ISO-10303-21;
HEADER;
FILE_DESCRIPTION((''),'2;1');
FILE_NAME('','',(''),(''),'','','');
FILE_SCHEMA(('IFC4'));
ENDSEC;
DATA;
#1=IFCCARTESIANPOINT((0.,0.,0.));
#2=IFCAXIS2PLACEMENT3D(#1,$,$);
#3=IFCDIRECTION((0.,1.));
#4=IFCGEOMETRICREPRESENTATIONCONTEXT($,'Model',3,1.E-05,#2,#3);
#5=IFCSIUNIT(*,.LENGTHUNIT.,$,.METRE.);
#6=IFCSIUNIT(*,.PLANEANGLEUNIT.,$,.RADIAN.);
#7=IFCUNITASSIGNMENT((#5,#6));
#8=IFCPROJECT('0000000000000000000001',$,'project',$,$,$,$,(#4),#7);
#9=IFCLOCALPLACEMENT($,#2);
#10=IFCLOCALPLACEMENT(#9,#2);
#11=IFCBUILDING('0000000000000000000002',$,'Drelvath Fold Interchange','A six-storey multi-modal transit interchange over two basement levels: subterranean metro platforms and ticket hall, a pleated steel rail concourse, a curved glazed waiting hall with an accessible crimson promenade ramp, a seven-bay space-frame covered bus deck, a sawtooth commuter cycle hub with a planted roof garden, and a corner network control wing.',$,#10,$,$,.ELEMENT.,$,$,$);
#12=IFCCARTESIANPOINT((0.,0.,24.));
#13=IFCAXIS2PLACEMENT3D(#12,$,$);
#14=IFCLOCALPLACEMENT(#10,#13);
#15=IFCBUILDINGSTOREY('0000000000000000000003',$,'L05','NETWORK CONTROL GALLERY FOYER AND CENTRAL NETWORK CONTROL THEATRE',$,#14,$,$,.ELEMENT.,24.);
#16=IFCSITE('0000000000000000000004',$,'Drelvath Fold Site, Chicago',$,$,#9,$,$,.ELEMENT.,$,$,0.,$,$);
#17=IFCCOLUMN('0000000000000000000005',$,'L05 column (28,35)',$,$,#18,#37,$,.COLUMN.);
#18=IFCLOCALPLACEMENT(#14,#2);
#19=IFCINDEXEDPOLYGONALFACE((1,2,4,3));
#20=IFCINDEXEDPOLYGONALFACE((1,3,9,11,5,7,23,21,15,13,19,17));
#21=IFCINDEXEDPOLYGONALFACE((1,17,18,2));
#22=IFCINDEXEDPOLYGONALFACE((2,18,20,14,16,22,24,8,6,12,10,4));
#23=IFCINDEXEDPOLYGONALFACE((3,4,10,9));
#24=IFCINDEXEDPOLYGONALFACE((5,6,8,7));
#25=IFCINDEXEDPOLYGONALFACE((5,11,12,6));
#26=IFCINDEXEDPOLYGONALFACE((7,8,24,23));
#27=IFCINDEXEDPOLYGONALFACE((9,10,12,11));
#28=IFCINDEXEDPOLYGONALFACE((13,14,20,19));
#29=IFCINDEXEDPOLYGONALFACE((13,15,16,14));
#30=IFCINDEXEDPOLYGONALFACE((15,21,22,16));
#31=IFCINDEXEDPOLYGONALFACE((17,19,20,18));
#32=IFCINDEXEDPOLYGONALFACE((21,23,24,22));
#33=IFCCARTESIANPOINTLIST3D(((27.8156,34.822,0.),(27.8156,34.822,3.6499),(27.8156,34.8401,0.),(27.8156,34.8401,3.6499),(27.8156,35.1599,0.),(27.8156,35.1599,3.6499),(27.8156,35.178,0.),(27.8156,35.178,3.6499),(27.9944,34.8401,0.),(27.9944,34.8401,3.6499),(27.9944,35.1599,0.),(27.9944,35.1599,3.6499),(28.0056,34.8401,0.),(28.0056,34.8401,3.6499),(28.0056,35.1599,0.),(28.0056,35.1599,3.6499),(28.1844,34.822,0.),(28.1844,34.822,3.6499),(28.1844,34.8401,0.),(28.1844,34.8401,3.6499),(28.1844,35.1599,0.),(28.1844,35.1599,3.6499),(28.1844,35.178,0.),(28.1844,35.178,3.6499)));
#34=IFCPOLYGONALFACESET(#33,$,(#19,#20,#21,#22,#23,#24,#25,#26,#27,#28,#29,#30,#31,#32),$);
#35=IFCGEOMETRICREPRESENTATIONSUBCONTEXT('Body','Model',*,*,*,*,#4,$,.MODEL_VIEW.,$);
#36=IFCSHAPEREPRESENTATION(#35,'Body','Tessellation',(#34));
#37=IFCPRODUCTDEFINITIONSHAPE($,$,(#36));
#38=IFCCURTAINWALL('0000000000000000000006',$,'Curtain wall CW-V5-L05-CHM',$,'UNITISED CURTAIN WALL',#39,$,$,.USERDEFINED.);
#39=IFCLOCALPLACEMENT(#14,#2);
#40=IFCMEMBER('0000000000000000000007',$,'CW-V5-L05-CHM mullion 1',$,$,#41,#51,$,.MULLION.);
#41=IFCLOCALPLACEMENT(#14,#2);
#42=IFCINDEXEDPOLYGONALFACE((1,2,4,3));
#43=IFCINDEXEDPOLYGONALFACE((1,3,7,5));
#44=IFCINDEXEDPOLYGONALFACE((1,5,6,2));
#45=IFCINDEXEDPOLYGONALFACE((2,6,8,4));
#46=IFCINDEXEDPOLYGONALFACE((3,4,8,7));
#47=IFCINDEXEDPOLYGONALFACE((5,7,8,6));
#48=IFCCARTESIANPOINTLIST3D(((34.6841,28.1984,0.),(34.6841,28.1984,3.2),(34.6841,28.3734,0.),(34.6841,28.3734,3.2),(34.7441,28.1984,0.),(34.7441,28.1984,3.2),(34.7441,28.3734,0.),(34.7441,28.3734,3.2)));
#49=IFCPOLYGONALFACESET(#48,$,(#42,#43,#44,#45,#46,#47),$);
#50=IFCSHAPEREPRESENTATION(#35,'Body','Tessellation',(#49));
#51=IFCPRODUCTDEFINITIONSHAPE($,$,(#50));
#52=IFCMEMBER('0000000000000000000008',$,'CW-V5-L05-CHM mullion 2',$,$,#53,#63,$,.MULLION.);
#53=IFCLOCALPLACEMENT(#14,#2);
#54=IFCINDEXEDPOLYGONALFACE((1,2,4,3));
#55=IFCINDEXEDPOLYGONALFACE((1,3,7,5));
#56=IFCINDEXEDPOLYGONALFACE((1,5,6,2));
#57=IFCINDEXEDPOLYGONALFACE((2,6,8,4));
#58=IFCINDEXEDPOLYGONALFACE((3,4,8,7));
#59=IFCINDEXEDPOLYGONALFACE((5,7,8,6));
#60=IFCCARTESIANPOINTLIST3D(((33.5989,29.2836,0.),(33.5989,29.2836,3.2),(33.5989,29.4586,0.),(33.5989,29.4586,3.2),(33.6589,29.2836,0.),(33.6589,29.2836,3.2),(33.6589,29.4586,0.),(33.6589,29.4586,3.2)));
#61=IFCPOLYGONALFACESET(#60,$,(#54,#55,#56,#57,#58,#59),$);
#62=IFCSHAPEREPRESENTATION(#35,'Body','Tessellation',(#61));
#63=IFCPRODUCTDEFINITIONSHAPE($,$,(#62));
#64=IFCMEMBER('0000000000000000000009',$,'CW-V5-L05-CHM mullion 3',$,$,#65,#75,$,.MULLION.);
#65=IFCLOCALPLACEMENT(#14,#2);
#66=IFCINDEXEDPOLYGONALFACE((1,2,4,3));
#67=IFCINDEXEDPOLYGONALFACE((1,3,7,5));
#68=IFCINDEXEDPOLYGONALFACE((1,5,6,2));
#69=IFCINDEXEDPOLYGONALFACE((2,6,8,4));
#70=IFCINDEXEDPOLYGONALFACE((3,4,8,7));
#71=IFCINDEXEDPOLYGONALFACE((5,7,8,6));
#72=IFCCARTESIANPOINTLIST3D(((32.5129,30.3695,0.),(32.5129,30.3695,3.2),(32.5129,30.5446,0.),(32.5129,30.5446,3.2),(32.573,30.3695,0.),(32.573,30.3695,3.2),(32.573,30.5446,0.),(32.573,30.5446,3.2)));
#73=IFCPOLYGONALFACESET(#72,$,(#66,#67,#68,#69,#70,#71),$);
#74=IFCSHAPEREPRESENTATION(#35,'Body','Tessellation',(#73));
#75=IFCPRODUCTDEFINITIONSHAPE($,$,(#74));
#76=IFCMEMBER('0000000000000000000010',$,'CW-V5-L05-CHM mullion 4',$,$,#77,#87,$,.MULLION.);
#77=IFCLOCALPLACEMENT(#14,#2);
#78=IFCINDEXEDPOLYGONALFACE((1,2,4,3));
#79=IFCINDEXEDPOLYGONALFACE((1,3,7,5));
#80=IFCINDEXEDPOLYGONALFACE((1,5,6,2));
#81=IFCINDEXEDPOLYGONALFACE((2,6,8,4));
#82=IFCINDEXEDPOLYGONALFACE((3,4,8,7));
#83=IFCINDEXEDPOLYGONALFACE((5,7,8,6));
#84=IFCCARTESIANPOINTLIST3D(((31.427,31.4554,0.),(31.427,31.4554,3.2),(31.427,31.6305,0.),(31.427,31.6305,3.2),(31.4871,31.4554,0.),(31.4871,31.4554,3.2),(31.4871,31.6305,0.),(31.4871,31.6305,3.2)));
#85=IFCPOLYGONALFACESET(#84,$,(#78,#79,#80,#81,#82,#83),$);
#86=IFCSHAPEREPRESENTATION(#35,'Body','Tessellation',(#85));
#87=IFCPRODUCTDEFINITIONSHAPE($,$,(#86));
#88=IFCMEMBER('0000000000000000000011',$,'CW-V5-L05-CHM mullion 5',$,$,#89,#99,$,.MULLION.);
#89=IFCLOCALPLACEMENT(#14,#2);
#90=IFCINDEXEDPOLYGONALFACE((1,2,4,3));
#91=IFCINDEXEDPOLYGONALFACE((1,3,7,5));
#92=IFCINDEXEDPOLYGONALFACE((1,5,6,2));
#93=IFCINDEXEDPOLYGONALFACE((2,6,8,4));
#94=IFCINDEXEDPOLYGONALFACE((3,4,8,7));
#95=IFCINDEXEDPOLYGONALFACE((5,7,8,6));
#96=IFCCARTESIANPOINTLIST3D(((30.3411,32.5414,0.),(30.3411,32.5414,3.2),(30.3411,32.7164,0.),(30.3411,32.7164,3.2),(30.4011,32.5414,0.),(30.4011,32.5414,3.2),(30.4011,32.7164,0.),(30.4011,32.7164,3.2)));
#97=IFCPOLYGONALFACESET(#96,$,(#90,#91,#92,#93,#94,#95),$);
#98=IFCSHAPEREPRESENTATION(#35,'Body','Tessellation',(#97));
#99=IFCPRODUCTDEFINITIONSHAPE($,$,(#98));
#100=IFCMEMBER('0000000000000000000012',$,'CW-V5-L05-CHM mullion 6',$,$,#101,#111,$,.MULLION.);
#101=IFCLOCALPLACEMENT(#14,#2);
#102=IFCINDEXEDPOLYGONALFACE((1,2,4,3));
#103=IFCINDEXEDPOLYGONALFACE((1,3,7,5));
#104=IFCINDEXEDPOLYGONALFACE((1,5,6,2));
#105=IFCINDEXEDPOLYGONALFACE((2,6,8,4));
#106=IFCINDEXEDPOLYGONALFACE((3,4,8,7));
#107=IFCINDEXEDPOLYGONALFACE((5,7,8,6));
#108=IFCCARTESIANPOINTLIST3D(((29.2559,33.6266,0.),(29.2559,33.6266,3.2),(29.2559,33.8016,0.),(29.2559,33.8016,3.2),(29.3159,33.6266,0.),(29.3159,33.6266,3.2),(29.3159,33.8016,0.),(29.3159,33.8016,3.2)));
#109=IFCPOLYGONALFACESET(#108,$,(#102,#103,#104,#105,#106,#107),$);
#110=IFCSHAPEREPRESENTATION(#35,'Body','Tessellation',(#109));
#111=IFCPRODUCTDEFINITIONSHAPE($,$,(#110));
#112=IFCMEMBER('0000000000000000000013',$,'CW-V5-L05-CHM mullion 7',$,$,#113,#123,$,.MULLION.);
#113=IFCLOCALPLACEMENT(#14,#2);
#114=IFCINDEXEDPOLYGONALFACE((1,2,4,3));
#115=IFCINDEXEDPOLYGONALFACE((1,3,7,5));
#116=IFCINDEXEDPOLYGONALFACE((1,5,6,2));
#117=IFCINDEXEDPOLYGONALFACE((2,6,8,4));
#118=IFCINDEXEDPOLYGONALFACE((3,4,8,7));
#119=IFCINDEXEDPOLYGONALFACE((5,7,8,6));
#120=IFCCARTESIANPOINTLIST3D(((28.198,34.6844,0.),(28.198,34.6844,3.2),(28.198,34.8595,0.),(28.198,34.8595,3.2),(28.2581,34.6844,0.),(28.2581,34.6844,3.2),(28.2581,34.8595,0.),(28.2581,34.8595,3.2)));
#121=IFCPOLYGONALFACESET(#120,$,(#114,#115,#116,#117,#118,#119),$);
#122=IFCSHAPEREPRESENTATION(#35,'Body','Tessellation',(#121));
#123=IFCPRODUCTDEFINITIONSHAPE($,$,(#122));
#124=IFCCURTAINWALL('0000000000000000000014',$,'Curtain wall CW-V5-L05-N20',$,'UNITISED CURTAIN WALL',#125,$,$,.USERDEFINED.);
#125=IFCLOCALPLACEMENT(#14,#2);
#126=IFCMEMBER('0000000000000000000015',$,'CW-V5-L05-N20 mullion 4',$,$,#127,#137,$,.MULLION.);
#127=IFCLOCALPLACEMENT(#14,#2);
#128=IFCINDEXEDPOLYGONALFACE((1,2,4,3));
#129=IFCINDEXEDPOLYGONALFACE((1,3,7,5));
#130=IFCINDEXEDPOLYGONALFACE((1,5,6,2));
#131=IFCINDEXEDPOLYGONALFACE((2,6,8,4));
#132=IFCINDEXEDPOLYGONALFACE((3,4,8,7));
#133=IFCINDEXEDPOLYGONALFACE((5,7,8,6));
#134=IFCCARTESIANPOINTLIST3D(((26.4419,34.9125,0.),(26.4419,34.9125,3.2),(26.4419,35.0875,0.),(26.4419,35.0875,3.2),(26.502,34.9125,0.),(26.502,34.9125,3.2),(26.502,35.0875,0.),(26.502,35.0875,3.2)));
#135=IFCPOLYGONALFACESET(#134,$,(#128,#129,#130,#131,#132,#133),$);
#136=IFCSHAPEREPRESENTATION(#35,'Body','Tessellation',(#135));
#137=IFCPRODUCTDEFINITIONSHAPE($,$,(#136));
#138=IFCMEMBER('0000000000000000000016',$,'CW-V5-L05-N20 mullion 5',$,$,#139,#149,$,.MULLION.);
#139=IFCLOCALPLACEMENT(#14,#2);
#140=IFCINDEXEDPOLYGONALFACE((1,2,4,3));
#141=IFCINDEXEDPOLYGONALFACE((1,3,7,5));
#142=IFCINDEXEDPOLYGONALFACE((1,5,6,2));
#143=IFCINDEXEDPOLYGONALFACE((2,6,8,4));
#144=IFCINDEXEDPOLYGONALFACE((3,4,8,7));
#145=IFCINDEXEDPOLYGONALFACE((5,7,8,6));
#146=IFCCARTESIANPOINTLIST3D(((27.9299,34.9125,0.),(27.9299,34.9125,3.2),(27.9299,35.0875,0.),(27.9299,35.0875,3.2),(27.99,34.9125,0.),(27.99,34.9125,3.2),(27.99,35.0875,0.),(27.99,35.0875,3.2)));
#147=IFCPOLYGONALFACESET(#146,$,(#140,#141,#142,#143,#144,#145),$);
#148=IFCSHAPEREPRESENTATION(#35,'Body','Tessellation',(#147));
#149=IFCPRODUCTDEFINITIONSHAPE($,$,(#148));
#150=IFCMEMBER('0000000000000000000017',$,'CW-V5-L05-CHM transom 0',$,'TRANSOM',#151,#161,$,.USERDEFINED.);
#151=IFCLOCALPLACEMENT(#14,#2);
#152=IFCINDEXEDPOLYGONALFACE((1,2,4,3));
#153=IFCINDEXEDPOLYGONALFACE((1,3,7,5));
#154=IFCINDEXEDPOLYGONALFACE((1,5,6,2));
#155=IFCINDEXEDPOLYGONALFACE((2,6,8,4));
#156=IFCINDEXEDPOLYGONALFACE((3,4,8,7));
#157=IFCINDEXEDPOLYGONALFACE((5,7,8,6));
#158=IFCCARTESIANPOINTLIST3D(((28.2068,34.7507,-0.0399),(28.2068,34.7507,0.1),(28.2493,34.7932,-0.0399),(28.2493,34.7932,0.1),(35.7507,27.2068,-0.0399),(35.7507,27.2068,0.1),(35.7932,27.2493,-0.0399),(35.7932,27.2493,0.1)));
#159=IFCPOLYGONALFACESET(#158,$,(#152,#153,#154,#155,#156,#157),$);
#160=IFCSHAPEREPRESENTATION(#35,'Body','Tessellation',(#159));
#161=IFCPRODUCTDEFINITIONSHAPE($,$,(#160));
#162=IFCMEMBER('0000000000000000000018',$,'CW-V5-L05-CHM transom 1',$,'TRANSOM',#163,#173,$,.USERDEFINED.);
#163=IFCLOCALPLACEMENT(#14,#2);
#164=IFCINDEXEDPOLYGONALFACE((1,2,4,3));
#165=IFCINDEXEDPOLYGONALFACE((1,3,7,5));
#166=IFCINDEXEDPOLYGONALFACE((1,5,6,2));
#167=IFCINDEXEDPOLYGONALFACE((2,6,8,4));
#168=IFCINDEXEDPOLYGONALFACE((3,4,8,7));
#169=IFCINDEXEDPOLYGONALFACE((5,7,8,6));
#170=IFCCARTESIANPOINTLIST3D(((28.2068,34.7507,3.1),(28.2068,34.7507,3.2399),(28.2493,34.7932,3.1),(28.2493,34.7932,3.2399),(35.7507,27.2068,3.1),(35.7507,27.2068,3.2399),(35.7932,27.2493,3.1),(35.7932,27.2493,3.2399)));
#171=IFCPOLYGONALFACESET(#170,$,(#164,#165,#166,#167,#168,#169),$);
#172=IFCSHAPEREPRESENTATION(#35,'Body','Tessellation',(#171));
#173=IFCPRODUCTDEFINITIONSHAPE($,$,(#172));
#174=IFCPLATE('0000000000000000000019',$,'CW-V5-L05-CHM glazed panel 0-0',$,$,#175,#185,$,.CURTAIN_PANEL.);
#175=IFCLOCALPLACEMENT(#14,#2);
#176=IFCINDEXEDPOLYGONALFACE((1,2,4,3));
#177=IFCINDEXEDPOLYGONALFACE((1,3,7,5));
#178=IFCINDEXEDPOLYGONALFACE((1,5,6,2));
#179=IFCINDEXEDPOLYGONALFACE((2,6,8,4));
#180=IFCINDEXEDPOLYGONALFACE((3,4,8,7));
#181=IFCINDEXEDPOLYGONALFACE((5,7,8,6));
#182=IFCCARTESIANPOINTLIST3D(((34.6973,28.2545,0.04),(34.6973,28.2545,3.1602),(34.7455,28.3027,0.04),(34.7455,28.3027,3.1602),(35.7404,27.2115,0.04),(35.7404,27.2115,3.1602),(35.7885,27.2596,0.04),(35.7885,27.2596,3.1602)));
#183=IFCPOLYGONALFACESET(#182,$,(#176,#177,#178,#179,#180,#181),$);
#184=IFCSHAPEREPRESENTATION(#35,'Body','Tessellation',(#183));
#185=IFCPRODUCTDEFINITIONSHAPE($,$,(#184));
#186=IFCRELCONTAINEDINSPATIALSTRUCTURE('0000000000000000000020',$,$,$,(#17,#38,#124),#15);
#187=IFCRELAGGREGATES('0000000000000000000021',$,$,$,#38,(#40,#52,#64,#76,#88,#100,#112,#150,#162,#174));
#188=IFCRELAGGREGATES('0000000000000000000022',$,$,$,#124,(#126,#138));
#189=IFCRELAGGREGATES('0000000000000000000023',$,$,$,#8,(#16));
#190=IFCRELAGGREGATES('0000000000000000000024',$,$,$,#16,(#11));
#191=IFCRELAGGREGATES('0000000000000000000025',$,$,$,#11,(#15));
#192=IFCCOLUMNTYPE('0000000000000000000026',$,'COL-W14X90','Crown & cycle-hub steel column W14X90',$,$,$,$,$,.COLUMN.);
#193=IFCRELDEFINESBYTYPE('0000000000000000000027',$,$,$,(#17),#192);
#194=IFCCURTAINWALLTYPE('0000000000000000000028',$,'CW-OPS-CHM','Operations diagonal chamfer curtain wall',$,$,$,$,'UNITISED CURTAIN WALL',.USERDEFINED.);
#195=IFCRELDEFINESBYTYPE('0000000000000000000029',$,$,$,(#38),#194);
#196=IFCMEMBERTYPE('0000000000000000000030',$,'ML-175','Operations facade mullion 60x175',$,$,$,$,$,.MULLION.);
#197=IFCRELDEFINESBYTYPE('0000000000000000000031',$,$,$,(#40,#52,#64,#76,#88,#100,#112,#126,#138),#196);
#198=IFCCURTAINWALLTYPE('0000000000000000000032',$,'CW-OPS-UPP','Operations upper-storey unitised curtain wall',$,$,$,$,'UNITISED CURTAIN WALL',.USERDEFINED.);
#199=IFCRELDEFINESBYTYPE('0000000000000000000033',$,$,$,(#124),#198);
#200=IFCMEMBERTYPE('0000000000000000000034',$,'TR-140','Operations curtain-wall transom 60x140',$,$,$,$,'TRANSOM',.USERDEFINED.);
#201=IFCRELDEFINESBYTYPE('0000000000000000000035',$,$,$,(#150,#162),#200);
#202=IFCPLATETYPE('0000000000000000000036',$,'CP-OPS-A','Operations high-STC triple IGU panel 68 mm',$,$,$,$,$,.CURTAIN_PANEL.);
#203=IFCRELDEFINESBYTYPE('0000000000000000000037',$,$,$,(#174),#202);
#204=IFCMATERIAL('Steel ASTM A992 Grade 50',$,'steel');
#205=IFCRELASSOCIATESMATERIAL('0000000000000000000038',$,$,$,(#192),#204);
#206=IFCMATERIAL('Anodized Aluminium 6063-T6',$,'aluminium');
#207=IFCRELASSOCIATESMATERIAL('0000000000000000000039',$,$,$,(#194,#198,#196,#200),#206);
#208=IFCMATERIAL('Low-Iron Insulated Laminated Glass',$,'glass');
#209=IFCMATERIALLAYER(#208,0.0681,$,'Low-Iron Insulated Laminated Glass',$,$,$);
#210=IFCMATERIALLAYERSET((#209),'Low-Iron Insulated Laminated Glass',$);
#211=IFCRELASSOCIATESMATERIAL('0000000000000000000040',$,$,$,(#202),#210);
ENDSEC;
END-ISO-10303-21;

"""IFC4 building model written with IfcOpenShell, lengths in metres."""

from ifc_helpers import new_model, si_unit, direction, frame, origin, origin_2d, place, context, subcontext, project, spatial, rectangle, i_section, extrude, material, layer, layer_set, material_profile, profile_set, type_object, element, aggregate, save


model = new_model("IFC4")

# Units and contexts
model_context = context("Model", 3, precision=1e-05, world=origin(), true_north=direction((0.0, 1.0)))
body_context = subcontext(model_context, "Body", "Model", "MODEL_VIEW")
ifc_project = project(units=[si_unit("LENGTHUNIT", "METRE"), si_unit("PLANEANGLEUNIT", "RADIAN")], contexts=[model_context])

# Site, building, storey
site_placement = place(None, origin())
site = spatial("IfcSite", under=ifc_project, at=site_placement, Name="Drelvath Fold Site, Chicago", CompositionType="ELEMENT", RefElevation=0.0)
building_placement = place(site_placement, origin())
building = spatial("IfcBuilding", under=site, at=building_placement, Name="Drelvath Fold Interchange", Description="A six-storey multi-modal transit interchange over two basement levels: subterranean metro platforms and ticket hall, a pleated steel rail concourse, a curved glazed waiting hall with an accessible crimson promenade ramp, a seven-bay space-frame covered bus deck, a sawtooth commuter cycle hub with a planted roof garden, and a corner network control wing.", CompositionType="ELEMENT")
storey_placement = place(building_placement, frame((0.0, 0.0, 24.0)))
storey = spatial("IfcBuildingStorey", under=building, at=storey_placement, Name="L05", Description="NETWORK CONTROL GALLERY FOYER AND CENTRAL NETWORK CONTROL THEATRE", CompositionType="ELEMENT", Elevation=24.0)

# Column
ifc_material_1 = material(Name="Steel ASTM A992 Grade 50", Category="steel")
ifc_material_profile_1 = material_profile(ifc_material_1, i_section(OverallWidth=0.3689, OverallDepth=0.356, WebThickness=0.0112, FlangeThickness=0.0181, at=origin_2d()), Name="W14X90")
ifc_profile_set_1 = profile_set([ifc_material_profile_1], Name="Steel ASTM A992 Grade 50")
column_type = type_object("IfcColumnType", Name="COL-W14X90", Description="Crown & cycle-hub steel column W14X90", PredefinedType="COLUMN", material=ifc_profile_set_1)
column_placement = place(storey_placement, frame((28.0, 35.0, 0.0), z_axis=(0.0, 0.0, 1.0), x_axis=(1.0, 0.0, 0.0)))
element("IfcColumn", 1, at=column_placement, inside=storey, type_object=column_type, Name="L05 column (28,35)", PredefinedType="COLUMN", context=body_context, shape_type="SweptSolid", body=[
    extrude(i_section(OverallWidth=0.3689, OverallDepth=0.356, WebThickness=0.0112, FlangeThickness=0.0181, at=origin_2d()), origin(), (0.0, 0.0, 1.0), 3.6499),
])

# Curtain walls, members
ifc_material_2 = material(Name="Anodized Aluminium 6063-T6", Category="aluminium")
curtain_wall_type_1 = type_object("IfcCurtainWallType", Name="CW-OPS-CHM", Description="Operations diagonal chamfer curtain wall", ElementType="UNITISED CURTAIN WALL", PredefinedType="USERDEFINED", material=ifc_material_2)
curtain_wall_1_placement = place(storey_placement, origin())
curtain_wall_1 = element("IfcCurtainWall", 2, at=curtain_wall_1_placement, inside=storey, type_object=curtain_wall_type_1, Name="Curtain wall CW-V5-L05-CHM", ObjectType="UNITISED CURTAIN WALL", PredefinedType="USERDEFINED")
ifc_material_profile_2 = material_profile(ifc_material_2, rectangle(XDim=0.0601, YDim=0.175, at=origin_2d()), Name="AL-M 60x175")
ifc_profile_set_2 = profile_set([ifc_material_profile_2], Name="Anodized Aluminium 6063-T6")
member_type_1 = type_object("IfcMemberType", Name="ML-175", Description="Operations facade mullion 60x175", PredefinedType="MULLION", material=ifc_profile_set_2)
member_1_placement = place(storey_placement, frame((34.7141, 28.2859, 0.0), z_axis=(0.0, 0.0, 1.0), x_axis=(1.0, 0.0, 0.0)))
member_1 = element("IfcMember", 3, at=member_1_placement, type_object=member_type_1, Name="CW-V5-L05-CHM mullion 1", PredefinedType="MULLION", context=body_context, shape_type="SweptSolid", body=[
    extrude(rectangle(XDim=0.0601, YDim=0.175, at=origin_2d()), origin(), (0.0, 0.0, 1.0), 3.2),
])
member_2_placement = place(storey_placement, frame((33.6289, 29.3711, 0.0), z_axis=(0.0, 0.0, 1.0), x_axis=(1.0, 0.0, 0.0)))
member_2 = element("IfcMember", 4, at=member_2_placement, type_object=member_type_1, Name="CW-V5-L05-CHM mullion 2", PredefinedType="MULLION", context=body_context, shape_type="SweptSolid", body=[
    extrude(rectangle(XDim=0.0601, YDim=0.175, at=origin_2d()), origin(), (0.0, 0.0, 1.0), 3.2),
])
member_3_placement = place(storey_placement, frame((32.543, 30.457, 0.0), z_axis=(0.0, 0.0, 1.0), x_axis=(1.0, 0.0, 0.0)))
member_3 = element("IfcMember", 5, at=member_3_placement, type_object=member_type_1, Name="CW-V5-L05-CHM mullion 3", PredefinedType="MULLION", context=body_context, shape_type="SweptSolid", body=[
    extrude(rectangle(XDim=0.0601, YDim=0.175, at=origin_2d()), origin(), (0.0, 0.0, 1.0), 3.2),
])
member_4_placement = place(storey_placement, frame((31.457, 31.543, 0.0), z_axis=(0.0, 0.0, 1.0), x_axis=(1.0, 0.0, 0.0)))
member_4 = element("IfcMember", 6, at=member_4_placement, type_object=member_type_1, Name="CW-V5-L05-CHM mullion 4", PredefinedType="MULLION", context=body_context, shape_type="SweptSolid", body=[
    extrude(rectangle(XDim=0.0601, YDim=0.175, at=origin_2d()), origin(), (0.0, 0.0, 1.0), 3.2),
])
member_5_placement = place(storey_placement, frame((30.3711, 32.6289, 0.0), z_axis=(0.0, 0.0, 1.0), x_axis=(1.0, 0.0, 0.0)))
member_5 = element("IfcMember", 7, at=member_5_placement, type_object=member_type_1, Name="CW-V5-L05-CHM mullion 5", PredefinedType="MULLION", context=body_context, shape_type="SweptSolid", body=[
    extrude(rectangle(XDim=0.0601, YDim=0.175, at=origin_2d()), origin(), (0.0, 0.0, 1.0), 3.2),
])
member_6_placement = place(storey_placement, frame((29.2859, 33.7141, 0.0), z_axis=(0.0, 0.0, 1.0), x_axis=(1.0, 0.0, 0.0)))
member_6 = element("IfcMember", 8, at=member_6_placement, type_object=member_type_1, Name="CW-V5-L05-CHM mullion 6", PredefinedType="MULLION", context=body_context, shape_type="SweptSolid", body=[
    extrude(rectangle(XDim=0.0601, YDim=0.175, at=origin_2d()), origin(), (0.0, 0.0, 1.0), 3.2),
])
member_7_placement = place(storey_placement, frame((28.228, 34.772, 0.0), z_axis=(0.0, 0.0, 1.0), x_axis=(1.0, 0.0, 0.0)))
member_7 = element("IfcMember", 9, at=member_7_placement, type_object=member_type_1, Name="CW-V5-L05-CHM mullion 7", PredefinedType="MULLION", context=body_context, shape_type="SweptSolid", body=[
    extrude(rectangle(XDim=0.0601, YDim=0.175, at=origin_2d()), origin(), (0.0, 0.0, 1.0), 3.2),
])
curtain_wall_type_2 = type_object("IfcCurtainWallType", Name="CW-OPS-UPP", Description="Operations upper-storey unitised curtain wall", ElementType="UNITISED CURTAIN WALL", PredefinedType="USERDEFINED", material=ifc_material_2)
curtain_wall_2_placement = place(storey_placement, origin())
curtain_wall_2 = element("IfcCurtainWall", 10, at=curtain_wall_2_placement, inside=storey, type_object=curtain_wall_type_2, Name="Curtain wall CW-V5-L05-N20", ObjectType="UNITISED CURTAIN WALL", PredefinedType="USERDEFINED")
member_8_placement = place(storey_placement, frame((26.4719, 35.0, 0.0), z_axis=(0.0, 0.0, 1.0), x_axis=(1.0, 0.0, 0.0)))
member_8 = element("IfcMember", 11, at=member_8_placement, type_object=member_type_1, Name="CW-V5-L05-N20 mullion 4", PredefinedType="MULLION", context=body_context, shape_type="SweptSolid", body=[
    extrude(rectangle(XDim=0.0601, YDim=0.175, at=origin_2d()), origin(), (0.0, 0.0, 1.0), 3.2),
])
member_9_placement = place(storey_placement, frame((27.96, 35.0, 0.0), z_axis=(0.0, 0.0, 1.0), x_axis=(1.0, 0.0, 0.0)))
member_9 = element("IfcMember", 12, at=member_9_placement, type_object=member_type_1, Name="CW-V5-L05-N20 mullion 5", PredefinedType="MULLION", context=body_context, shape_type="SweptSolid", body=[
    extrude(rectangle(XDim=0.0601, YDim=0.175, at=origin_2d()), origin(), (0.0, 0.0, 1.0), 3.2),
])

# Members
ifc_material_profile_3 = material_profile(ifc_material_2, rectangle(XDim=0.0601, YDim=0.1399, at=origin_2d()), Name="AL-T 60x140")
ifc_profile_set_3 = profile_set([ifc_material_profile_3], Name="Anodized Aluminium 6063-T6")
member_type_2 = type_object("IfcMemberType", Name="TR-140", Description="Operations curtain-wall transom 60x140", ElementType="TRANSOM", PredefinedType="USERDEFINED", material=ifc_profile_set_3)
member_10_placement = place(storey_placement, frame((35.772, 27.228, 0.03), z_axis=(-0.707107, 0.707107, 0.0), x_axis=(-0.707107, -0.707107, 0.0)))
member_10 = element("IfcMember", 13, at=member_10_placement, type_object=member_type_2, Name="CW-V5-L05-CHM transom 0", ObjectType="TRANSOM", PredefinedType="USERDEFINED", context=body_context, shape_type="SweptSolid", body=[
    extrude(rectangle(XDim=0.0601, YDim=0.1399, at=origin_2d()), origin(), (0.0, 0.0, 1.0), 10.6687),
])
member_11_placement = place(storey_placement, frame((35.772, 27.228, 3.1699), z_axis=(-0.707107, 0.707107, 0.0), x_axis=(-0.707107, -0.707107, 0.0)))
member_11 = element("IfcMember", 14, at=member_11_placement, type_object=member_type_2, Name="CW-V5-L05-CHM transom 1", ObjectType="TRANSOM", PredefinedType="USERDEFINED", context=body_context, shape_type="SweptSolid", body=[
    extrude(rectangle(XDim=0.0601, YDim=0.1399, at=origin_2d()), origin(), (0.0, 0.0, 1.0), 10.6687),
])

# Plate
ifc_material_3 = material(Name="Low-Iron Insulated Laminated Glass", Category="glass")
ifc_layer_1 = layer(ifc_material_3, 0.0681, Name="Low-Iron Insulated Laminated Glass")
ifc_layer_set_1 = layer_set([ifc_layer_1], Name="Low-Iron Insulated Laminated Glass")
plate_type = type_object("IfcPlateType", Name="CP-OPS-A", Description="Operations high-STC triple IGU panel 68 mm", PredefinedType="CURTAIN_PANEL", material=ifc_layer_set_1)
plate_1_placement = place(storey_placement, frame((35.2429, 27.7571, 0.04), z_axis=(0.0, 0.0, 1.0), x_axis=(-0.707107, 0.707107, 0.0)))
plate_1 = element("IfcPlate", 15, at=plate_1_placement, type_object=plate_type, Name="CW-V5-L05-CHM glazed panel 0-0", PredefinedType="CURTAIN_PANEL", context=body_context, shape_type="SweptSolid", body=[
    extrude(rectangle(XDim=1.4751, YDim=0.0681, at=origin_2d()), origin(), (0.0, 0.0, 1.0), 3.1201),
])
aggregate(curtain_wall_1, [member_1, member_2, member_3, member_4, member_5, member_6, member_7, member_10, member_11, plate_1])
aggregate(curtain_wall_2, [member_8, member_9])

save(model, "model.ifc")
